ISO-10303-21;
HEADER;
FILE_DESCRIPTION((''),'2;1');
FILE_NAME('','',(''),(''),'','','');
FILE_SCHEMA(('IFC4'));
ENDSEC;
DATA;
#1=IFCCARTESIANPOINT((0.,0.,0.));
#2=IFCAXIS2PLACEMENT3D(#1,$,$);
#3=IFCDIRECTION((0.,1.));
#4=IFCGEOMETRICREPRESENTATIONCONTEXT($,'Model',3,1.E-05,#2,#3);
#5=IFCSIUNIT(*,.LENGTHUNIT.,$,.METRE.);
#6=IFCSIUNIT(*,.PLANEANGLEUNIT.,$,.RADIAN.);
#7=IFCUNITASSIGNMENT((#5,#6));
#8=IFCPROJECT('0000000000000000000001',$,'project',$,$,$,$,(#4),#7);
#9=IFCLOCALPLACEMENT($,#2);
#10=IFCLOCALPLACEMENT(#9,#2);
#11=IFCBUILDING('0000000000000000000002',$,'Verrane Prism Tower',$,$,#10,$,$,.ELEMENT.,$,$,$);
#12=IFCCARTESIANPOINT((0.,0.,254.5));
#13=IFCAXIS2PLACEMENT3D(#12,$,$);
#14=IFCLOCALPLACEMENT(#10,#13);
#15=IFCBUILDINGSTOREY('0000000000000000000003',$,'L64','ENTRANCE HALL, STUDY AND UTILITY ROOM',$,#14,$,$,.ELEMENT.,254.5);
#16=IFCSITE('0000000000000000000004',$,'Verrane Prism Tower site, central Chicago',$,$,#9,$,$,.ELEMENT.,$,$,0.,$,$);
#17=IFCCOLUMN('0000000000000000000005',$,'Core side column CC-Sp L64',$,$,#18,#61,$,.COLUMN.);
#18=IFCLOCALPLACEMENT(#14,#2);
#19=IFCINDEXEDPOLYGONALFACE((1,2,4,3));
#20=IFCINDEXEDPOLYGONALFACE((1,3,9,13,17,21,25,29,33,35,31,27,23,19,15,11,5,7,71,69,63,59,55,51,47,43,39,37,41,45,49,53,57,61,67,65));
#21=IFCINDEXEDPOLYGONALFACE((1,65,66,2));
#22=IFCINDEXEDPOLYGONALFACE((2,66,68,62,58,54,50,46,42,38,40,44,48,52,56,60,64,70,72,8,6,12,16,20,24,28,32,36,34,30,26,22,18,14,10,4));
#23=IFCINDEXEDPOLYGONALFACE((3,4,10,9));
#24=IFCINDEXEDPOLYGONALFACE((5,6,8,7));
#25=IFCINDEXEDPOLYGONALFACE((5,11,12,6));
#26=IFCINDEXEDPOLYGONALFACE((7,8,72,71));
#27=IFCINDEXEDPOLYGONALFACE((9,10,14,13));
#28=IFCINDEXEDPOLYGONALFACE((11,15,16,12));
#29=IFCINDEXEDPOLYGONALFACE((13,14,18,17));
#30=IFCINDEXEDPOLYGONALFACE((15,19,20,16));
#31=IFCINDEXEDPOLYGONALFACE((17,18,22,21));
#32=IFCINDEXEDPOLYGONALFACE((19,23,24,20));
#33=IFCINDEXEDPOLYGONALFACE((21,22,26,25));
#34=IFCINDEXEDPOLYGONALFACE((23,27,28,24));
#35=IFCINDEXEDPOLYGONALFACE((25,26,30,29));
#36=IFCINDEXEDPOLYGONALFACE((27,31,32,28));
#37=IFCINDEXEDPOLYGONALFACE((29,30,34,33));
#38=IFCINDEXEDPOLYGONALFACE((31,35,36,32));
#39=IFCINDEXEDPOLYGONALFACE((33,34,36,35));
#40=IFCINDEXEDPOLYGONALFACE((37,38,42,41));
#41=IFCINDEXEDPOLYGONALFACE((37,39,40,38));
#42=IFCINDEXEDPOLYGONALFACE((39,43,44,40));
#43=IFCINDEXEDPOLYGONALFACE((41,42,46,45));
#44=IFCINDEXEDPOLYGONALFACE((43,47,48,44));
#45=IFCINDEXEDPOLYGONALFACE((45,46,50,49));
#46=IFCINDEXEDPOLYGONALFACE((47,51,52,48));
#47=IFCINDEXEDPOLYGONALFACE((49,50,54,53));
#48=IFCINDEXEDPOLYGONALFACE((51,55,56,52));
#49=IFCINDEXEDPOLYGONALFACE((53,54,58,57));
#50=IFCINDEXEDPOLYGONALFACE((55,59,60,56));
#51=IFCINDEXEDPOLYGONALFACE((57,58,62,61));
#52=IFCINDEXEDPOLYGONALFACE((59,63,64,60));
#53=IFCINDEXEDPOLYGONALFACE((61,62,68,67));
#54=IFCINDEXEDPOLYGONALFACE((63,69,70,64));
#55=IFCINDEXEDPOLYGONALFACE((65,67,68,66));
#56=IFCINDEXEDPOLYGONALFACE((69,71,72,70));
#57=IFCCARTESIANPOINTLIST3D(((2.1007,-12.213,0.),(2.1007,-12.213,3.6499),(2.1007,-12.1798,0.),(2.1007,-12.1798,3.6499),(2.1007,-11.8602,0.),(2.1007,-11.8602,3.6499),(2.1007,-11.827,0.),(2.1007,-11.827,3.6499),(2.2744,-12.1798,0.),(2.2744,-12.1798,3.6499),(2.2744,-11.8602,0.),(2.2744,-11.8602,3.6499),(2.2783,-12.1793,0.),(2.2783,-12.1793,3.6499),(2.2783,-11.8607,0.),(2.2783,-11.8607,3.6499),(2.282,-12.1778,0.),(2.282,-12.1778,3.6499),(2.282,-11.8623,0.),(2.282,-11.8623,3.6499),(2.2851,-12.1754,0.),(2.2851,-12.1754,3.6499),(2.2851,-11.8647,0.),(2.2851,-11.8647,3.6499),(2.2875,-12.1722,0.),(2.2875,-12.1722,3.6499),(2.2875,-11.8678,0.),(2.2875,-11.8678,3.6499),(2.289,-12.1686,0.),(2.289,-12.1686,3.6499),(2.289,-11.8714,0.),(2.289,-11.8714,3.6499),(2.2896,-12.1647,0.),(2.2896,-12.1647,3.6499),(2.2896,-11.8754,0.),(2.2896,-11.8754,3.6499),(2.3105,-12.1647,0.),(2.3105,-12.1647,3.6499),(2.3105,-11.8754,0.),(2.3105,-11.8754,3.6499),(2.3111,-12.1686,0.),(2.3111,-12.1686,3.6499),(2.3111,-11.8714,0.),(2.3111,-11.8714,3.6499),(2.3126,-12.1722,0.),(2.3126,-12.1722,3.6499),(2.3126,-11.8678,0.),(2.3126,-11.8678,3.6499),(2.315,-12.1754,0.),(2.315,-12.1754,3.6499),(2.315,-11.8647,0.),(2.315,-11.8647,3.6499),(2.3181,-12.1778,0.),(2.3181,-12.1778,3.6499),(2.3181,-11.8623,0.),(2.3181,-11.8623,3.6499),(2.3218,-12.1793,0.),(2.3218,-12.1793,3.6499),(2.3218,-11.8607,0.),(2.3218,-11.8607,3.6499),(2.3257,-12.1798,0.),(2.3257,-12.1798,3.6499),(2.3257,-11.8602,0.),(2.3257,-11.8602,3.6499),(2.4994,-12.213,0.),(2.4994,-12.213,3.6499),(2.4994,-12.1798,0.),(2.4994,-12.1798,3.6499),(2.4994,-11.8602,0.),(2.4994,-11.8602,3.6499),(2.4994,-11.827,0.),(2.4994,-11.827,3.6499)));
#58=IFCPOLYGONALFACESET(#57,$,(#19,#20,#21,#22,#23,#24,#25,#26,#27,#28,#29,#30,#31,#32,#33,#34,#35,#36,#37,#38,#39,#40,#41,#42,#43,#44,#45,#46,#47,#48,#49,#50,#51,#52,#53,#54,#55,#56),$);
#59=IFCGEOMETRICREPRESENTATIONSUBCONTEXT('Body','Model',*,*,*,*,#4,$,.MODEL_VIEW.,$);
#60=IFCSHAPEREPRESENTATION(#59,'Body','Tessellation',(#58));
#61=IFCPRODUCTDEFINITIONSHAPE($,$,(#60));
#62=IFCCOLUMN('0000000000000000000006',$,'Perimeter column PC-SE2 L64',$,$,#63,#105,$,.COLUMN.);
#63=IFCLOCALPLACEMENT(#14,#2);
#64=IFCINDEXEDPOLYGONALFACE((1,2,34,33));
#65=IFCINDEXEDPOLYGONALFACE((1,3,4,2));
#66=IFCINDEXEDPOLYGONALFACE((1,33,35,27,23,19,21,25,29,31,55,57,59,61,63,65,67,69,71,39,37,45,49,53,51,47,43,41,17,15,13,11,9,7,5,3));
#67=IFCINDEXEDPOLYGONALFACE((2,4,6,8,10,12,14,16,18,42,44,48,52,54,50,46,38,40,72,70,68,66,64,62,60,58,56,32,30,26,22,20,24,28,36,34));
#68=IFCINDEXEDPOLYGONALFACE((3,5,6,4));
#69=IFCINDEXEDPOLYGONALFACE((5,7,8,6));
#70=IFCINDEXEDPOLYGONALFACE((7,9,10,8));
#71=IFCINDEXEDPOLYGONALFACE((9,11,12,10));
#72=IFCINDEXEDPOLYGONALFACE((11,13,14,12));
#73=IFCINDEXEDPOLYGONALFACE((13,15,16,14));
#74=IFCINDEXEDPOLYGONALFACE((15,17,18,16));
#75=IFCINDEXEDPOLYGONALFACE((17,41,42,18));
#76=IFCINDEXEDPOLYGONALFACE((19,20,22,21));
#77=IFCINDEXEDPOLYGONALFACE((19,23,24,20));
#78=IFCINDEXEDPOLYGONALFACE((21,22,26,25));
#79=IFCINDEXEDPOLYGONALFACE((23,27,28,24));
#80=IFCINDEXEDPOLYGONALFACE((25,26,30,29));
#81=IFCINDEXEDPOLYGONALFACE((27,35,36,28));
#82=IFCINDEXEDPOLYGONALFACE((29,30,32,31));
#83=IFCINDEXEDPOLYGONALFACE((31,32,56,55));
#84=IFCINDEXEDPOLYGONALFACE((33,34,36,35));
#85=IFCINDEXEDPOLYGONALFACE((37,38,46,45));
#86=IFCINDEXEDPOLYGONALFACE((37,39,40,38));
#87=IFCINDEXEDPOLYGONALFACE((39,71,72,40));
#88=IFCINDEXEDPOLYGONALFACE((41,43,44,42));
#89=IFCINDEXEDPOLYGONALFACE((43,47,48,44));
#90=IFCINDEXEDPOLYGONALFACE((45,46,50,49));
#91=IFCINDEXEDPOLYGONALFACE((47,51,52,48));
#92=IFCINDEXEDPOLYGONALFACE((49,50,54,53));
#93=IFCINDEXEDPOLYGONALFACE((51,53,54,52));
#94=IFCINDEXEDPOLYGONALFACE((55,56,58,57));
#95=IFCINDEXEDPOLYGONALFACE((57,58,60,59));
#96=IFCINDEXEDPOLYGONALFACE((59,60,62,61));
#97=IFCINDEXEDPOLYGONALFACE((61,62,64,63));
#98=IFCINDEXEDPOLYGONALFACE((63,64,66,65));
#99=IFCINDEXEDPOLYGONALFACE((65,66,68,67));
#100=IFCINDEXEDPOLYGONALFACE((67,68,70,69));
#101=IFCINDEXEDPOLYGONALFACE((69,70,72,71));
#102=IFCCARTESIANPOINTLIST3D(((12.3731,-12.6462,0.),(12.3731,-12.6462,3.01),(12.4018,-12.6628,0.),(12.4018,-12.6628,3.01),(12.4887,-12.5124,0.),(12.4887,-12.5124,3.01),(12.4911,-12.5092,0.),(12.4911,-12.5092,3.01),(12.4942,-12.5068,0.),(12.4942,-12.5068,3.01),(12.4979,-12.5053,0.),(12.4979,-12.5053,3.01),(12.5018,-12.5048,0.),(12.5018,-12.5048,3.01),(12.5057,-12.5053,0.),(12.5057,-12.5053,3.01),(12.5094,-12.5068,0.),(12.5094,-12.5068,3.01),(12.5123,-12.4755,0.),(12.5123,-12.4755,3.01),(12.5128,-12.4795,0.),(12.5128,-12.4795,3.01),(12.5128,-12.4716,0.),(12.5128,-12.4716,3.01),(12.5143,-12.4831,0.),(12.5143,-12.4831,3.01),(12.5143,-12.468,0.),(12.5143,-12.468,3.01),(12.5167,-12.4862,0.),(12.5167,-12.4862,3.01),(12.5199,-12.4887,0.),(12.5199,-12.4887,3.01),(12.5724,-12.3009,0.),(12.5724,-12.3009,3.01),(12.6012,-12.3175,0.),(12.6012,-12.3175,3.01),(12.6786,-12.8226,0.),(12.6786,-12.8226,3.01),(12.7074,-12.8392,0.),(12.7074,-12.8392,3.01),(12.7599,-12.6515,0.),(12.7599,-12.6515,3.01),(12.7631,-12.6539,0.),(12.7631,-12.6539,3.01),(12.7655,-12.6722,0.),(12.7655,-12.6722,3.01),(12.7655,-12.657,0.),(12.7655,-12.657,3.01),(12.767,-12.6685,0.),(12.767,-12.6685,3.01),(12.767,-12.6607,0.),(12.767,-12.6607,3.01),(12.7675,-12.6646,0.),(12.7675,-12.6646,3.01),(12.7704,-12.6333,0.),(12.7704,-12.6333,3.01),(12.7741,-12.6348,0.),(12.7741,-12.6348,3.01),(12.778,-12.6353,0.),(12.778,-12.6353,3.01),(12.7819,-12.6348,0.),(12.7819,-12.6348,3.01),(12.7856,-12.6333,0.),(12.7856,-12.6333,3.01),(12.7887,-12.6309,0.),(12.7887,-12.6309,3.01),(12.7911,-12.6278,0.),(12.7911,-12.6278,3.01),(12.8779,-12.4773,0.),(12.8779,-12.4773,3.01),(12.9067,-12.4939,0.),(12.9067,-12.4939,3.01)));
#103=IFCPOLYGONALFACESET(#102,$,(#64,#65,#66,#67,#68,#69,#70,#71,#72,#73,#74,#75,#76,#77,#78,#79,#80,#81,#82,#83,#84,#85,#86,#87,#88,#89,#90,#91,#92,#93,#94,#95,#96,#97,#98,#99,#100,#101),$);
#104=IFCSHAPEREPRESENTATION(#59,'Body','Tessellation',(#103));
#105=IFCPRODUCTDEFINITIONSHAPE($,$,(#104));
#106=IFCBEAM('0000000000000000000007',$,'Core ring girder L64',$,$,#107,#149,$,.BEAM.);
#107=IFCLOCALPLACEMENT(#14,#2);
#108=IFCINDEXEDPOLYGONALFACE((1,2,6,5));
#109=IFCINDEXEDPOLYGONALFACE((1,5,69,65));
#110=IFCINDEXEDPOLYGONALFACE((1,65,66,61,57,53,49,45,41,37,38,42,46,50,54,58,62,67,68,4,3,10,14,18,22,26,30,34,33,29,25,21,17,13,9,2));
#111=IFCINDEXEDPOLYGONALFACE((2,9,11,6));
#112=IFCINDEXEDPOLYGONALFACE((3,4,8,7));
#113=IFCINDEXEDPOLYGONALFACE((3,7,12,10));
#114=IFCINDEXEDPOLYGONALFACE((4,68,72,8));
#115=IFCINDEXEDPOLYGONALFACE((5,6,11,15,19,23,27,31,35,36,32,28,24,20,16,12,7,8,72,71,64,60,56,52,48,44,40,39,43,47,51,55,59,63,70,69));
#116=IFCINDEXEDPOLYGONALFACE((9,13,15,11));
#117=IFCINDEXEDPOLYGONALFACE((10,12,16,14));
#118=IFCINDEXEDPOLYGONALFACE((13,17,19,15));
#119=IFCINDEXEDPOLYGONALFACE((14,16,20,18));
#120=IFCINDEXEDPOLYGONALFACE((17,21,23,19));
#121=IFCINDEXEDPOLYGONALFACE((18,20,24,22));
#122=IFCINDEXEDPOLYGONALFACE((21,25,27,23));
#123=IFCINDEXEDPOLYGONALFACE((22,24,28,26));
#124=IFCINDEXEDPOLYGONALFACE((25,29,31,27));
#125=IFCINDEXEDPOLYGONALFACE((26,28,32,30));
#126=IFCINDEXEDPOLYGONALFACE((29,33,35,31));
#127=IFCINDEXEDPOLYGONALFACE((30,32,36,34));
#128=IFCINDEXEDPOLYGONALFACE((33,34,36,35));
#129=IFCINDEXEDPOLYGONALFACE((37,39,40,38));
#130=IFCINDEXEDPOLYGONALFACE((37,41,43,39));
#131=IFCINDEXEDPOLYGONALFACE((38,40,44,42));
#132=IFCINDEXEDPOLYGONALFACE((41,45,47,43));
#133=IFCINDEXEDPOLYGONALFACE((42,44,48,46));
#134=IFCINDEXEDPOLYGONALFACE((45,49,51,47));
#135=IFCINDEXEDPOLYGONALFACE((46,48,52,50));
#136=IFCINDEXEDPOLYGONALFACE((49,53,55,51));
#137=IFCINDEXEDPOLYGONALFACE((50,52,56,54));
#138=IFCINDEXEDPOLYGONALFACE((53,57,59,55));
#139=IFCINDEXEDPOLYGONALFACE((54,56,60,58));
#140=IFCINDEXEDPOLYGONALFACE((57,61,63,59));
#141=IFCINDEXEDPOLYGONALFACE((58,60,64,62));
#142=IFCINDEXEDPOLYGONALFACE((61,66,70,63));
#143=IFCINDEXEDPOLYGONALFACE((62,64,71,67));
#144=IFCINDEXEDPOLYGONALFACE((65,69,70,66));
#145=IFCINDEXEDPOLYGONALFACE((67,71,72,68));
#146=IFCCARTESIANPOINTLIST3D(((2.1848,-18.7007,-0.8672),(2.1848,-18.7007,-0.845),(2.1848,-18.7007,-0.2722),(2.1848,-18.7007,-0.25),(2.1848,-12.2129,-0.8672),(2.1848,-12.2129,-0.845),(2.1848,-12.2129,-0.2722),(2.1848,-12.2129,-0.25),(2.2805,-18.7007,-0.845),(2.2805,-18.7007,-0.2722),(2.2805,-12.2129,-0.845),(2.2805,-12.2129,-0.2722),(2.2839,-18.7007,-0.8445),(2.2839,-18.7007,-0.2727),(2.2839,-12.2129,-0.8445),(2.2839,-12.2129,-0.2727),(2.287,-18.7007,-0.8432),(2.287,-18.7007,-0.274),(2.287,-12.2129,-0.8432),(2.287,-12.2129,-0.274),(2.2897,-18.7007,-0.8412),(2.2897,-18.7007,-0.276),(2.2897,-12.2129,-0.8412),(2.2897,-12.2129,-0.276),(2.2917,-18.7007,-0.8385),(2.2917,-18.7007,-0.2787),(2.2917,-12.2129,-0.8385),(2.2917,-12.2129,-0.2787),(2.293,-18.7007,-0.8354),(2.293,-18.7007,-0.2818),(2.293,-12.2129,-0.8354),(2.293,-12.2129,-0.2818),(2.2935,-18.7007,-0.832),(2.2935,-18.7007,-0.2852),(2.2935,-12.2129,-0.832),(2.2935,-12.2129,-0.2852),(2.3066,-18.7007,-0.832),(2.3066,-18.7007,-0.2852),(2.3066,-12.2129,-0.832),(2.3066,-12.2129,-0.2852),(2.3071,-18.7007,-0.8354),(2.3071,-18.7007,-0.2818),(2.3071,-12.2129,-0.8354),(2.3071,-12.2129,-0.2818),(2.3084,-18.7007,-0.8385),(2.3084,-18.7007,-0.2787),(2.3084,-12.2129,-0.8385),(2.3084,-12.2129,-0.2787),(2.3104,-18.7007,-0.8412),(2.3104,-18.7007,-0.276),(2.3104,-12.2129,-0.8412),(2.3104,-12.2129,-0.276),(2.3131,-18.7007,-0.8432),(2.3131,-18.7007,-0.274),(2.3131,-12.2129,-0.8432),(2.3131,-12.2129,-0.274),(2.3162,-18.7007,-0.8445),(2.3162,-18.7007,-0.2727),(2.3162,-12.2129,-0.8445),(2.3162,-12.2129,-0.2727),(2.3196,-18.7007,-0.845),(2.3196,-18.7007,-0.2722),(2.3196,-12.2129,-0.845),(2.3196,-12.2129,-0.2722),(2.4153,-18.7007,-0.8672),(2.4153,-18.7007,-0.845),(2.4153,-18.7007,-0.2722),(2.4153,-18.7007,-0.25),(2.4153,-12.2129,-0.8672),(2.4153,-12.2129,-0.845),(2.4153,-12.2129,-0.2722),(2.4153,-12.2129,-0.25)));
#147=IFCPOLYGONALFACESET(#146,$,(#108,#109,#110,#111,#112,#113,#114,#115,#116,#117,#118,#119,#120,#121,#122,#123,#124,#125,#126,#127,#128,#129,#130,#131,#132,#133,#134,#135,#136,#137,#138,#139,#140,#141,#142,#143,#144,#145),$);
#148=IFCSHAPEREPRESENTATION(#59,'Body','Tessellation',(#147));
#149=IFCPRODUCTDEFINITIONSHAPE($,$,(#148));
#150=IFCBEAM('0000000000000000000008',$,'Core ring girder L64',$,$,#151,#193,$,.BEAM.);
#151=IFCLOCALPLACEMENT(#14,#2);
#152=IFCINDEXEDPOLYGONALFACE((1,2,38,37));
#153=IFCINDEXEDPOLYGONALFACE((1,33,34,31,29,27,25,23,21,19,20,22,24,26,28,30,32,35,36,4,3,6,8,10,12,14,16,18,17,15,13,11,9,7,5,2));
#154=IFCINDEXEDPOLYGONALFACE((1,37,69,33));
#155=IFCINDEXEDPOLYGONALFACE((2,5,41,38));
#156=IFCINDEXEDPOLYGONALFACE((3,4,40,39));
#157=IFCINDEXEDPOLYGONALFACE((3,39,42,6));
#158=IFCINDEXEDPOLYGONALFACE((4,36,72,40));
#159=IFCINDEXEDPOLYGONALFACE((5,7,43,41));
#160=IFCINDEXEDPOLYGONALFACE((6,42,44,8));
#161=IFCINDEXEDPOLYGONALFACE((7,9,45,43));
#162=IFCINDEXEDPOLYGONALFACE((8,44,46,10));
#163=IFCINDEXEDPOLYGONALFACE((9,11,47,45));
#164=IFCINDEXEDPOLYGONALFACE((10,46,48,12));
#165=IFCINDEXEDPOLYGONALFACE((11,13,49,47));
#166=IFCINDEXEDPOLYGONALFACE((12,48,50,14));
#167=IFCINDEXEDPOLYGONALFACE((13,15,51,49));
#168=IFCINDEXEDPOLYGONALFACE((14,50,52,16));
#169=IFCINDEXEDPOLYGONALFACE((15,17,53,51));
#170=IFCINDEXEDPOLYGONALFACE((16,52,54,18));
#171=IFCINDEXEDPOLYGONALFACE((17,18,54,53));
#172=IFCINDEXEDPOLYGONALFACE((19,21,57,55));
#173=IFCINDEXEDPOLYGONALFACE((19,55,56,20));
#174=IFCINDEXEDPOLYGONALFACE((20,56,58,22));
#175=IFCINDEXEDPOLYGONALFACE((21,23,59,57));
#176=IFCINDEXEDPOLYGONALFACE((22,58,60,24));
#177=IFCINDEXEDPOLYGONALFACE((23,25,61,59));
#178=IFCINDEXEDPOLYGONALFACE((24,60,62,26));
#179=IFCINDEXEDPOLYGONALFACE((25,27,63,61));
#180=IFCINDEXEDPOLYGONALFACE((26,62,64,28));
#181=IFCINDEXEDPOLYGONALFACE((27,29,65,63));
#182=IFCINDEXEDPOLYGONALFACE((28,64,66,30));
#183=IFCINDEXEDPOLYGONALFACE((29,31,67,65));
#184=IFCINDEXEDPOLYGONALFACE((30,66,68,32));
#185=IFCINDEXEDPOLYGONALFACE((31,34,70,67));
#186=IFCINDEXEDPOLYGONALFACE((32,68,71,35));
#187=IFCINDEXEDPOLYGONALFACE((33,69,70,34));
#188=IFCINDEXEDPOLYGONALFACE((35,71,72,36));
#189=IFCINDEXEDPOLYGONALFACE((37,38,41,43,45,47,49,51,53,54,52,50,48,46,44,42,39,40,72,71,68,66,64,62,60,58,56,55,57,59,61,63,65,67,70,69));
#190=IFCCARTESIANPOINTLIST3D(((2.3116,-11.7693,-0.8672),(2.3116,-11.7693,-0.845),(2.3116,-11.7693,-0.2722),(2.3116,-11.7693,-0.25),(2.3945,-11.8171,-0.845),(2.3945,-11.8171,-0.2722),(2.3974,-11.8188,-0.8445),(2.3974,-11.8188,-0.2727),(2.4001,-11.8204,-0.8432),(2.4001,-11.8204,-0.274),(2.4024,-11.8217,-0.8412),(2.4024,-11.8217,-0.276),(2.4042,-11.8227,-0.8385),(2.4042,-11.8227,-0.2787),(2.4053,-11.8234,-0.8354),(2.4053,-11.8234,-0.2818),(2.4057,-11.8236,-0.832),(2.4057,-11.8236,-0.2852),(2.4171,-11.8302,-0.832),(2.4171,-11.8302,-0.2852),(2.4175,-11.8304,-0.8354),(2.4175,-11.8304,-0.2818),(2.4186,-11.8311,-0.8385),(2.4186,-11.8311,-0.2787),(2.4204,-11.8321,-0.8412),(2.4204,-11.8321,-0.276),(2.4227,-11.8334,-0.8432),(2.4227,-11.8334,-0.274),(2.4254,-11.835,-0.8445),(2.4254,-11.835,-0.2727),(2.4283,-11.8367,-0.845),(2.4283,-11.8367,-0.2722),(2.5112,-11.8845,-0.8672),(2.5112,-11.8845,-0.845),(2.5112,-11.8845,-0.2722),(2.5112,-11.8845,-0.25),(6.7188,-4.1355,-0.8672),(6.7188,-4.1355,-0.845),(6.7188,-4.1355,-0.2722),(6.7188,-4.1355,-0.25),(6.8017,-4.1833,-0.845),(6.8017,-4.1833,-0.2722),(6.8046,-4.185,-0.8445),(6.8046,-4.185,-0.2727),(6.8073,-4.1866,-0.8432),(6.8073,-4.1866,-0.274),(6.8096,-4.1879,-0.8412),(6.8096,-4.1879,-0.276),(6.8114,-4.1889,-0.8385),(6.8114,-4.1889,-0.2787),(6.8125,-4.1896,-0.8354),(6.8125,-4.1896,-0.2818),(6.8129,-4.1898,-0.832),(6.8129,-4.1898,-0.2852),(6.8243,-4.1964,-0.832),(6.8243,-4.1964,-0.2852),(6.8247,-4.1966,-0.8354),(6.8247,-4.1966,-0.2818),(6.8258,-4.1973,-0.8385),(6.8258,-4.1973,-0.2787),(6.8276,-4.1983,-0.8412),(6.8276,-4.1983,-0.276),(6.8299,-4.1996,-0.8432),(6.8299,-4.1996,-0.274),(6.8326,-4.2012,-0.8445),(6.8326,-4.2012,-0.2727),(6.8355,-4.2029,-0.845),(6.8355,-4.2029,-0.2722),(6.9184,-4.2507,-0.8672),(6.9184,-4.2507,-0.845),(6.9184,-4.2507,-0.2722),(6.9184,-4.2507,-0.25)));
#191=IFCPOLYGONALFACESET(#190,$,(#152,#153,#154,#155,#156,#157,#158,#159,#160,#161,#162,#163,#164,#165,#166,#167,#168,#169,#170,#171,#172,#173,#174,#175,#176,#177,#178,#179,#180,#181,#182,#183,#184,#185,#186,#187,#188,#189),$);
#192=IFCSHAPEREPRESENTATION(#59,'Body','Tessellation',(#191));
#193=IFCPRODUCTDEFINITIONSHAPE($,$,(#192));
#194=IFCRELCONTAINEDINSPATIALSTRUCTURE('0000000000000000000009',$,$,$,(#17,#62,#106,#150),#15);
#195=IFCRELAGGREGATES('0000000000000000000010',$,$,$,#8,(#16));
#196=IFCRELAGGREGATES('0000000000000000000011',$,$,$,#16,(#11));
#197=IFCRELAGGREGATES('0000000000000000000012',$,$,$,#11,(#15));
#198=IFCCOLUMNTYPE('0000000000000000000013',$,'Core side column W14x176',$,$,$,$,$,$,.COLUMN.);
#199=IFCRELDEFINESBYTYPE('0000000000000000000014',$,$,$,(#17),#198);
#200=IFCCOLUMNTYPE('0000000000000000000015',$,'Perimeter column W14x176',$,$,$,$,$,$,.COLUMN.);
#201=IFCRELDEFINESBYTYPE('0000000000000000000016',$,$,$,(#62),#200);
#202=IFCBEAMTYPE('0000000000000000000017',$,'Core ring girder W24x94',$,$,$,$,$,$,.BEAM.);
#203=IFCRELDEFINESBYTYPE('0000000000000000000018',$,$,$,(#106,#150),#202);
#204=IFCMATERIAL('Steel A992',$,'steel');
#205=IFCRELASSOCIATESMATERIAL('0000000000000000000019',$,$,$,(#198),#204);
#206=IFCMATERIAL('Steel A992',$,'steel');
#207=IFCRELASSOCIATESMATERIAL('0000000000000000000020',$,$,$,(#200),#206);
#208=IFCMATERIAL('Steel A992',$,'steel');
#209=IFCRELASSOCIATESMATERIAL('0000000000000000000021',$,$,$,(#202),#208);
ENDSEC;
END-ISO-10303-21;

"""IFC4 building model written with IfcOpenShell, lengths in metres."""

from ifc_helpers import new_model, si_unit, direction, frame, origin, origin_2d, place, context, subcontext, project, spatial, i_section, extrude, material, material_profile, profile_set, type_object, element, save


model = new_model("IFC4")

# Units and contexts
model_context = context("Model", 3, precision=1e-05, world=origin(), true_north=direction((0.0, 1.0)))
body_context = subcontext(model_context, "Body", "Model", "MODEL_VIEW")
ifc_project = project(units=[si_unit("LENGTHUNIT", "METRE"), si_unit("PLANEANGLEUNIT", "RADIAN")], contexts=[model_context])

# Site, building, storey
site_placement = place(None, origin())
site = spatial("IfcSite", under=ifc_project, at=site_placement, Name="Verrane Prism Tower site, central Chicago", CompositionType="ELEMENT", RefElevation=0.0)
building_placement = place(site_placement, origin())
building = spatial("IfcBuilding", under=site, at=building_placement, Name="Verrane Prism Tower", CompositionType="ELEMENT")
storey_placement = place(building_placement, frame((0.0, 0.0, 254.5)))
storey = spatial("IfcBuildingStorey", under=building, at=storey_placement, Name="L64", Description="ENTRANCE HALL, STUDY AND UTILITY ROOM", CompositionType="ELEMENT", Elevation=254.5)

# Columns
ifc_material_1 = material(Name="Steel A992", Category="steel")
ifc_material_profile_1 = material_profile(ifc_material_1, i_section(OverallWidth=0.3987, OverallDepth=0.386, WebThickness=0.021, FlangeThickness=0.0332, FilletRadius=0.0151, at=origin_2d()), Name="W14x176")
ifc_profile_set_1 = profile_set([ifc_material_profile_1], Name="Steel A992")
column_type_1 = type_object("IfcColumnType", Name="Core side column W14x176", PredefinedType="COLUMN", material=ifc_profile_set_1)
column_1_placement = place(storey_placement, frame((2.3, -12.02, 0.0), z_axis=(0.0, 0.0, 1.0), x_axis=(1.0, 0.0, 0.0)))
element("IfcColumn", 1, at=column_1_placement, inside=storey, type_object=column_type_1, Name="Core side column CC-Sp L64", PredefinedType="COLUMN", context=body_context, shape_type="SweptSolid", body=[
    extrude(i_section(OverallWidth=0.3987, OverallDepth=0.386, WebThickness=0.021, FlangeThickness=0.0332, FilletRadius=0.0151, at=origin_2d()), origin(), (0.0, 0.0, 1.0), 3.6499),
])
ifc_material_2 = material(Name="Steel A992", Category="steel")
ifc_material_profile_2 = material_profile(ifc_material_2, i_section(OverallWidth=0.3987, OverallDepth=0.386, WebThickness=0.021, FlangeThickness=0.0332, FilletRadius=0.0151, at=origin_2d()), Name="W14x176")
ifc_profile_set_2 = profile_set([ifc_material_profile_2], Name="Steel A992")
column_type_2 = type_object("IfcColumnType", Name="Perimeter column W14x176", PredefinedType="COLUMN", material=ifc_profile_set_2)
column_2_placement = place(storey_placement, frame((12.6399, -12.5701, 0.0), z_axis=(0.0, 0.0, 1.0), x_axis=(-0.5, -0.866025, 0.0)))
element("IfcColumn", 2, at=column_2_placement, inside=storey, type_object=column_type_2, Name="Perimeter column PC-SE2 L64", PredefinedType="COLUMN", context=body_context, shape_type="SweptSolid", body=[
    extrude(i_section(OverallWidth=0.3987, OverallDepth=0.386, WebThickness=0.021, FlangeThickness=0.0332, FilletRadius=0.0151, at=origin_2d()), origin(), (0.0, 0.0, 1.0), 3.01),
])

# Beams
ifc_material_3 = material(Name="Steel A992", Category="steel")
ifc_material_profile_3 = material_profile(ifc_material_3, i_section(OverallWidth=0.2305, OverallDepth=0.6172, WebThickness=0.0132, FlangeThickness=0.0222, FilletRadius=0.0129, at=origin_2d()), Name="W24x94")
ifc_profile_set_3 = profile_set([ifc_material_profile_3], Name="Steel A992")
beam_type_1 = type_object("IfcBeamType", Name="Core ring girder W24x94", PredefinedType="BEAM", material=ifc_profile_set_3)
beam_1_placement = place(storey_placement, frame((2.3, -18.7007, -0.5586), z_axis=(0.0, 1.0, 0.0), x_axis=(-1.0, 0.0, 0.0)))
element("IfcBeam", 3, at=beam_1_placement, inside=storey, type_object=beam_type_1, Name="Core ring girder L64", PredefinedType="BEAM", context=body_context, shape_type="SweptSolid", body=[
    extrude(i_section(OverallWidth=0.2305, OverallDepth=0.6172, WebThickness=0.0132, FlangeThickness=0.0222, FilletRadius=0.0129, at=origin_2d()), origin(), (0.0, 0.0, 1.0), 6.4878),
])
beam_2_placement = place(storey_placement, frame((2.4114, -11.8269, -0.5586), z_axis=(0.499988, 0.866032, 0.0), x_axis=(-0.866032, 0.499988, 0.0)))
element("IfcBeam", 4, at=beam_2_placement, inside=storey, type_object=beam_type_1, Name="Core ring girder L64", PredefinedType="BEAM", context=body_context, shape_type="SweptSolid", body=[
    extrude(i_section(OverallWidth=0.2305, OverallDepth=0.6172, WebThickness=0.0132, FlangeThickness=0.0222, FilletRadius=0.0129, at=origin_2d()), origin(), (0.0, 0.0, 1.0), 8.8147),
])

save(model, "model.ifc")
